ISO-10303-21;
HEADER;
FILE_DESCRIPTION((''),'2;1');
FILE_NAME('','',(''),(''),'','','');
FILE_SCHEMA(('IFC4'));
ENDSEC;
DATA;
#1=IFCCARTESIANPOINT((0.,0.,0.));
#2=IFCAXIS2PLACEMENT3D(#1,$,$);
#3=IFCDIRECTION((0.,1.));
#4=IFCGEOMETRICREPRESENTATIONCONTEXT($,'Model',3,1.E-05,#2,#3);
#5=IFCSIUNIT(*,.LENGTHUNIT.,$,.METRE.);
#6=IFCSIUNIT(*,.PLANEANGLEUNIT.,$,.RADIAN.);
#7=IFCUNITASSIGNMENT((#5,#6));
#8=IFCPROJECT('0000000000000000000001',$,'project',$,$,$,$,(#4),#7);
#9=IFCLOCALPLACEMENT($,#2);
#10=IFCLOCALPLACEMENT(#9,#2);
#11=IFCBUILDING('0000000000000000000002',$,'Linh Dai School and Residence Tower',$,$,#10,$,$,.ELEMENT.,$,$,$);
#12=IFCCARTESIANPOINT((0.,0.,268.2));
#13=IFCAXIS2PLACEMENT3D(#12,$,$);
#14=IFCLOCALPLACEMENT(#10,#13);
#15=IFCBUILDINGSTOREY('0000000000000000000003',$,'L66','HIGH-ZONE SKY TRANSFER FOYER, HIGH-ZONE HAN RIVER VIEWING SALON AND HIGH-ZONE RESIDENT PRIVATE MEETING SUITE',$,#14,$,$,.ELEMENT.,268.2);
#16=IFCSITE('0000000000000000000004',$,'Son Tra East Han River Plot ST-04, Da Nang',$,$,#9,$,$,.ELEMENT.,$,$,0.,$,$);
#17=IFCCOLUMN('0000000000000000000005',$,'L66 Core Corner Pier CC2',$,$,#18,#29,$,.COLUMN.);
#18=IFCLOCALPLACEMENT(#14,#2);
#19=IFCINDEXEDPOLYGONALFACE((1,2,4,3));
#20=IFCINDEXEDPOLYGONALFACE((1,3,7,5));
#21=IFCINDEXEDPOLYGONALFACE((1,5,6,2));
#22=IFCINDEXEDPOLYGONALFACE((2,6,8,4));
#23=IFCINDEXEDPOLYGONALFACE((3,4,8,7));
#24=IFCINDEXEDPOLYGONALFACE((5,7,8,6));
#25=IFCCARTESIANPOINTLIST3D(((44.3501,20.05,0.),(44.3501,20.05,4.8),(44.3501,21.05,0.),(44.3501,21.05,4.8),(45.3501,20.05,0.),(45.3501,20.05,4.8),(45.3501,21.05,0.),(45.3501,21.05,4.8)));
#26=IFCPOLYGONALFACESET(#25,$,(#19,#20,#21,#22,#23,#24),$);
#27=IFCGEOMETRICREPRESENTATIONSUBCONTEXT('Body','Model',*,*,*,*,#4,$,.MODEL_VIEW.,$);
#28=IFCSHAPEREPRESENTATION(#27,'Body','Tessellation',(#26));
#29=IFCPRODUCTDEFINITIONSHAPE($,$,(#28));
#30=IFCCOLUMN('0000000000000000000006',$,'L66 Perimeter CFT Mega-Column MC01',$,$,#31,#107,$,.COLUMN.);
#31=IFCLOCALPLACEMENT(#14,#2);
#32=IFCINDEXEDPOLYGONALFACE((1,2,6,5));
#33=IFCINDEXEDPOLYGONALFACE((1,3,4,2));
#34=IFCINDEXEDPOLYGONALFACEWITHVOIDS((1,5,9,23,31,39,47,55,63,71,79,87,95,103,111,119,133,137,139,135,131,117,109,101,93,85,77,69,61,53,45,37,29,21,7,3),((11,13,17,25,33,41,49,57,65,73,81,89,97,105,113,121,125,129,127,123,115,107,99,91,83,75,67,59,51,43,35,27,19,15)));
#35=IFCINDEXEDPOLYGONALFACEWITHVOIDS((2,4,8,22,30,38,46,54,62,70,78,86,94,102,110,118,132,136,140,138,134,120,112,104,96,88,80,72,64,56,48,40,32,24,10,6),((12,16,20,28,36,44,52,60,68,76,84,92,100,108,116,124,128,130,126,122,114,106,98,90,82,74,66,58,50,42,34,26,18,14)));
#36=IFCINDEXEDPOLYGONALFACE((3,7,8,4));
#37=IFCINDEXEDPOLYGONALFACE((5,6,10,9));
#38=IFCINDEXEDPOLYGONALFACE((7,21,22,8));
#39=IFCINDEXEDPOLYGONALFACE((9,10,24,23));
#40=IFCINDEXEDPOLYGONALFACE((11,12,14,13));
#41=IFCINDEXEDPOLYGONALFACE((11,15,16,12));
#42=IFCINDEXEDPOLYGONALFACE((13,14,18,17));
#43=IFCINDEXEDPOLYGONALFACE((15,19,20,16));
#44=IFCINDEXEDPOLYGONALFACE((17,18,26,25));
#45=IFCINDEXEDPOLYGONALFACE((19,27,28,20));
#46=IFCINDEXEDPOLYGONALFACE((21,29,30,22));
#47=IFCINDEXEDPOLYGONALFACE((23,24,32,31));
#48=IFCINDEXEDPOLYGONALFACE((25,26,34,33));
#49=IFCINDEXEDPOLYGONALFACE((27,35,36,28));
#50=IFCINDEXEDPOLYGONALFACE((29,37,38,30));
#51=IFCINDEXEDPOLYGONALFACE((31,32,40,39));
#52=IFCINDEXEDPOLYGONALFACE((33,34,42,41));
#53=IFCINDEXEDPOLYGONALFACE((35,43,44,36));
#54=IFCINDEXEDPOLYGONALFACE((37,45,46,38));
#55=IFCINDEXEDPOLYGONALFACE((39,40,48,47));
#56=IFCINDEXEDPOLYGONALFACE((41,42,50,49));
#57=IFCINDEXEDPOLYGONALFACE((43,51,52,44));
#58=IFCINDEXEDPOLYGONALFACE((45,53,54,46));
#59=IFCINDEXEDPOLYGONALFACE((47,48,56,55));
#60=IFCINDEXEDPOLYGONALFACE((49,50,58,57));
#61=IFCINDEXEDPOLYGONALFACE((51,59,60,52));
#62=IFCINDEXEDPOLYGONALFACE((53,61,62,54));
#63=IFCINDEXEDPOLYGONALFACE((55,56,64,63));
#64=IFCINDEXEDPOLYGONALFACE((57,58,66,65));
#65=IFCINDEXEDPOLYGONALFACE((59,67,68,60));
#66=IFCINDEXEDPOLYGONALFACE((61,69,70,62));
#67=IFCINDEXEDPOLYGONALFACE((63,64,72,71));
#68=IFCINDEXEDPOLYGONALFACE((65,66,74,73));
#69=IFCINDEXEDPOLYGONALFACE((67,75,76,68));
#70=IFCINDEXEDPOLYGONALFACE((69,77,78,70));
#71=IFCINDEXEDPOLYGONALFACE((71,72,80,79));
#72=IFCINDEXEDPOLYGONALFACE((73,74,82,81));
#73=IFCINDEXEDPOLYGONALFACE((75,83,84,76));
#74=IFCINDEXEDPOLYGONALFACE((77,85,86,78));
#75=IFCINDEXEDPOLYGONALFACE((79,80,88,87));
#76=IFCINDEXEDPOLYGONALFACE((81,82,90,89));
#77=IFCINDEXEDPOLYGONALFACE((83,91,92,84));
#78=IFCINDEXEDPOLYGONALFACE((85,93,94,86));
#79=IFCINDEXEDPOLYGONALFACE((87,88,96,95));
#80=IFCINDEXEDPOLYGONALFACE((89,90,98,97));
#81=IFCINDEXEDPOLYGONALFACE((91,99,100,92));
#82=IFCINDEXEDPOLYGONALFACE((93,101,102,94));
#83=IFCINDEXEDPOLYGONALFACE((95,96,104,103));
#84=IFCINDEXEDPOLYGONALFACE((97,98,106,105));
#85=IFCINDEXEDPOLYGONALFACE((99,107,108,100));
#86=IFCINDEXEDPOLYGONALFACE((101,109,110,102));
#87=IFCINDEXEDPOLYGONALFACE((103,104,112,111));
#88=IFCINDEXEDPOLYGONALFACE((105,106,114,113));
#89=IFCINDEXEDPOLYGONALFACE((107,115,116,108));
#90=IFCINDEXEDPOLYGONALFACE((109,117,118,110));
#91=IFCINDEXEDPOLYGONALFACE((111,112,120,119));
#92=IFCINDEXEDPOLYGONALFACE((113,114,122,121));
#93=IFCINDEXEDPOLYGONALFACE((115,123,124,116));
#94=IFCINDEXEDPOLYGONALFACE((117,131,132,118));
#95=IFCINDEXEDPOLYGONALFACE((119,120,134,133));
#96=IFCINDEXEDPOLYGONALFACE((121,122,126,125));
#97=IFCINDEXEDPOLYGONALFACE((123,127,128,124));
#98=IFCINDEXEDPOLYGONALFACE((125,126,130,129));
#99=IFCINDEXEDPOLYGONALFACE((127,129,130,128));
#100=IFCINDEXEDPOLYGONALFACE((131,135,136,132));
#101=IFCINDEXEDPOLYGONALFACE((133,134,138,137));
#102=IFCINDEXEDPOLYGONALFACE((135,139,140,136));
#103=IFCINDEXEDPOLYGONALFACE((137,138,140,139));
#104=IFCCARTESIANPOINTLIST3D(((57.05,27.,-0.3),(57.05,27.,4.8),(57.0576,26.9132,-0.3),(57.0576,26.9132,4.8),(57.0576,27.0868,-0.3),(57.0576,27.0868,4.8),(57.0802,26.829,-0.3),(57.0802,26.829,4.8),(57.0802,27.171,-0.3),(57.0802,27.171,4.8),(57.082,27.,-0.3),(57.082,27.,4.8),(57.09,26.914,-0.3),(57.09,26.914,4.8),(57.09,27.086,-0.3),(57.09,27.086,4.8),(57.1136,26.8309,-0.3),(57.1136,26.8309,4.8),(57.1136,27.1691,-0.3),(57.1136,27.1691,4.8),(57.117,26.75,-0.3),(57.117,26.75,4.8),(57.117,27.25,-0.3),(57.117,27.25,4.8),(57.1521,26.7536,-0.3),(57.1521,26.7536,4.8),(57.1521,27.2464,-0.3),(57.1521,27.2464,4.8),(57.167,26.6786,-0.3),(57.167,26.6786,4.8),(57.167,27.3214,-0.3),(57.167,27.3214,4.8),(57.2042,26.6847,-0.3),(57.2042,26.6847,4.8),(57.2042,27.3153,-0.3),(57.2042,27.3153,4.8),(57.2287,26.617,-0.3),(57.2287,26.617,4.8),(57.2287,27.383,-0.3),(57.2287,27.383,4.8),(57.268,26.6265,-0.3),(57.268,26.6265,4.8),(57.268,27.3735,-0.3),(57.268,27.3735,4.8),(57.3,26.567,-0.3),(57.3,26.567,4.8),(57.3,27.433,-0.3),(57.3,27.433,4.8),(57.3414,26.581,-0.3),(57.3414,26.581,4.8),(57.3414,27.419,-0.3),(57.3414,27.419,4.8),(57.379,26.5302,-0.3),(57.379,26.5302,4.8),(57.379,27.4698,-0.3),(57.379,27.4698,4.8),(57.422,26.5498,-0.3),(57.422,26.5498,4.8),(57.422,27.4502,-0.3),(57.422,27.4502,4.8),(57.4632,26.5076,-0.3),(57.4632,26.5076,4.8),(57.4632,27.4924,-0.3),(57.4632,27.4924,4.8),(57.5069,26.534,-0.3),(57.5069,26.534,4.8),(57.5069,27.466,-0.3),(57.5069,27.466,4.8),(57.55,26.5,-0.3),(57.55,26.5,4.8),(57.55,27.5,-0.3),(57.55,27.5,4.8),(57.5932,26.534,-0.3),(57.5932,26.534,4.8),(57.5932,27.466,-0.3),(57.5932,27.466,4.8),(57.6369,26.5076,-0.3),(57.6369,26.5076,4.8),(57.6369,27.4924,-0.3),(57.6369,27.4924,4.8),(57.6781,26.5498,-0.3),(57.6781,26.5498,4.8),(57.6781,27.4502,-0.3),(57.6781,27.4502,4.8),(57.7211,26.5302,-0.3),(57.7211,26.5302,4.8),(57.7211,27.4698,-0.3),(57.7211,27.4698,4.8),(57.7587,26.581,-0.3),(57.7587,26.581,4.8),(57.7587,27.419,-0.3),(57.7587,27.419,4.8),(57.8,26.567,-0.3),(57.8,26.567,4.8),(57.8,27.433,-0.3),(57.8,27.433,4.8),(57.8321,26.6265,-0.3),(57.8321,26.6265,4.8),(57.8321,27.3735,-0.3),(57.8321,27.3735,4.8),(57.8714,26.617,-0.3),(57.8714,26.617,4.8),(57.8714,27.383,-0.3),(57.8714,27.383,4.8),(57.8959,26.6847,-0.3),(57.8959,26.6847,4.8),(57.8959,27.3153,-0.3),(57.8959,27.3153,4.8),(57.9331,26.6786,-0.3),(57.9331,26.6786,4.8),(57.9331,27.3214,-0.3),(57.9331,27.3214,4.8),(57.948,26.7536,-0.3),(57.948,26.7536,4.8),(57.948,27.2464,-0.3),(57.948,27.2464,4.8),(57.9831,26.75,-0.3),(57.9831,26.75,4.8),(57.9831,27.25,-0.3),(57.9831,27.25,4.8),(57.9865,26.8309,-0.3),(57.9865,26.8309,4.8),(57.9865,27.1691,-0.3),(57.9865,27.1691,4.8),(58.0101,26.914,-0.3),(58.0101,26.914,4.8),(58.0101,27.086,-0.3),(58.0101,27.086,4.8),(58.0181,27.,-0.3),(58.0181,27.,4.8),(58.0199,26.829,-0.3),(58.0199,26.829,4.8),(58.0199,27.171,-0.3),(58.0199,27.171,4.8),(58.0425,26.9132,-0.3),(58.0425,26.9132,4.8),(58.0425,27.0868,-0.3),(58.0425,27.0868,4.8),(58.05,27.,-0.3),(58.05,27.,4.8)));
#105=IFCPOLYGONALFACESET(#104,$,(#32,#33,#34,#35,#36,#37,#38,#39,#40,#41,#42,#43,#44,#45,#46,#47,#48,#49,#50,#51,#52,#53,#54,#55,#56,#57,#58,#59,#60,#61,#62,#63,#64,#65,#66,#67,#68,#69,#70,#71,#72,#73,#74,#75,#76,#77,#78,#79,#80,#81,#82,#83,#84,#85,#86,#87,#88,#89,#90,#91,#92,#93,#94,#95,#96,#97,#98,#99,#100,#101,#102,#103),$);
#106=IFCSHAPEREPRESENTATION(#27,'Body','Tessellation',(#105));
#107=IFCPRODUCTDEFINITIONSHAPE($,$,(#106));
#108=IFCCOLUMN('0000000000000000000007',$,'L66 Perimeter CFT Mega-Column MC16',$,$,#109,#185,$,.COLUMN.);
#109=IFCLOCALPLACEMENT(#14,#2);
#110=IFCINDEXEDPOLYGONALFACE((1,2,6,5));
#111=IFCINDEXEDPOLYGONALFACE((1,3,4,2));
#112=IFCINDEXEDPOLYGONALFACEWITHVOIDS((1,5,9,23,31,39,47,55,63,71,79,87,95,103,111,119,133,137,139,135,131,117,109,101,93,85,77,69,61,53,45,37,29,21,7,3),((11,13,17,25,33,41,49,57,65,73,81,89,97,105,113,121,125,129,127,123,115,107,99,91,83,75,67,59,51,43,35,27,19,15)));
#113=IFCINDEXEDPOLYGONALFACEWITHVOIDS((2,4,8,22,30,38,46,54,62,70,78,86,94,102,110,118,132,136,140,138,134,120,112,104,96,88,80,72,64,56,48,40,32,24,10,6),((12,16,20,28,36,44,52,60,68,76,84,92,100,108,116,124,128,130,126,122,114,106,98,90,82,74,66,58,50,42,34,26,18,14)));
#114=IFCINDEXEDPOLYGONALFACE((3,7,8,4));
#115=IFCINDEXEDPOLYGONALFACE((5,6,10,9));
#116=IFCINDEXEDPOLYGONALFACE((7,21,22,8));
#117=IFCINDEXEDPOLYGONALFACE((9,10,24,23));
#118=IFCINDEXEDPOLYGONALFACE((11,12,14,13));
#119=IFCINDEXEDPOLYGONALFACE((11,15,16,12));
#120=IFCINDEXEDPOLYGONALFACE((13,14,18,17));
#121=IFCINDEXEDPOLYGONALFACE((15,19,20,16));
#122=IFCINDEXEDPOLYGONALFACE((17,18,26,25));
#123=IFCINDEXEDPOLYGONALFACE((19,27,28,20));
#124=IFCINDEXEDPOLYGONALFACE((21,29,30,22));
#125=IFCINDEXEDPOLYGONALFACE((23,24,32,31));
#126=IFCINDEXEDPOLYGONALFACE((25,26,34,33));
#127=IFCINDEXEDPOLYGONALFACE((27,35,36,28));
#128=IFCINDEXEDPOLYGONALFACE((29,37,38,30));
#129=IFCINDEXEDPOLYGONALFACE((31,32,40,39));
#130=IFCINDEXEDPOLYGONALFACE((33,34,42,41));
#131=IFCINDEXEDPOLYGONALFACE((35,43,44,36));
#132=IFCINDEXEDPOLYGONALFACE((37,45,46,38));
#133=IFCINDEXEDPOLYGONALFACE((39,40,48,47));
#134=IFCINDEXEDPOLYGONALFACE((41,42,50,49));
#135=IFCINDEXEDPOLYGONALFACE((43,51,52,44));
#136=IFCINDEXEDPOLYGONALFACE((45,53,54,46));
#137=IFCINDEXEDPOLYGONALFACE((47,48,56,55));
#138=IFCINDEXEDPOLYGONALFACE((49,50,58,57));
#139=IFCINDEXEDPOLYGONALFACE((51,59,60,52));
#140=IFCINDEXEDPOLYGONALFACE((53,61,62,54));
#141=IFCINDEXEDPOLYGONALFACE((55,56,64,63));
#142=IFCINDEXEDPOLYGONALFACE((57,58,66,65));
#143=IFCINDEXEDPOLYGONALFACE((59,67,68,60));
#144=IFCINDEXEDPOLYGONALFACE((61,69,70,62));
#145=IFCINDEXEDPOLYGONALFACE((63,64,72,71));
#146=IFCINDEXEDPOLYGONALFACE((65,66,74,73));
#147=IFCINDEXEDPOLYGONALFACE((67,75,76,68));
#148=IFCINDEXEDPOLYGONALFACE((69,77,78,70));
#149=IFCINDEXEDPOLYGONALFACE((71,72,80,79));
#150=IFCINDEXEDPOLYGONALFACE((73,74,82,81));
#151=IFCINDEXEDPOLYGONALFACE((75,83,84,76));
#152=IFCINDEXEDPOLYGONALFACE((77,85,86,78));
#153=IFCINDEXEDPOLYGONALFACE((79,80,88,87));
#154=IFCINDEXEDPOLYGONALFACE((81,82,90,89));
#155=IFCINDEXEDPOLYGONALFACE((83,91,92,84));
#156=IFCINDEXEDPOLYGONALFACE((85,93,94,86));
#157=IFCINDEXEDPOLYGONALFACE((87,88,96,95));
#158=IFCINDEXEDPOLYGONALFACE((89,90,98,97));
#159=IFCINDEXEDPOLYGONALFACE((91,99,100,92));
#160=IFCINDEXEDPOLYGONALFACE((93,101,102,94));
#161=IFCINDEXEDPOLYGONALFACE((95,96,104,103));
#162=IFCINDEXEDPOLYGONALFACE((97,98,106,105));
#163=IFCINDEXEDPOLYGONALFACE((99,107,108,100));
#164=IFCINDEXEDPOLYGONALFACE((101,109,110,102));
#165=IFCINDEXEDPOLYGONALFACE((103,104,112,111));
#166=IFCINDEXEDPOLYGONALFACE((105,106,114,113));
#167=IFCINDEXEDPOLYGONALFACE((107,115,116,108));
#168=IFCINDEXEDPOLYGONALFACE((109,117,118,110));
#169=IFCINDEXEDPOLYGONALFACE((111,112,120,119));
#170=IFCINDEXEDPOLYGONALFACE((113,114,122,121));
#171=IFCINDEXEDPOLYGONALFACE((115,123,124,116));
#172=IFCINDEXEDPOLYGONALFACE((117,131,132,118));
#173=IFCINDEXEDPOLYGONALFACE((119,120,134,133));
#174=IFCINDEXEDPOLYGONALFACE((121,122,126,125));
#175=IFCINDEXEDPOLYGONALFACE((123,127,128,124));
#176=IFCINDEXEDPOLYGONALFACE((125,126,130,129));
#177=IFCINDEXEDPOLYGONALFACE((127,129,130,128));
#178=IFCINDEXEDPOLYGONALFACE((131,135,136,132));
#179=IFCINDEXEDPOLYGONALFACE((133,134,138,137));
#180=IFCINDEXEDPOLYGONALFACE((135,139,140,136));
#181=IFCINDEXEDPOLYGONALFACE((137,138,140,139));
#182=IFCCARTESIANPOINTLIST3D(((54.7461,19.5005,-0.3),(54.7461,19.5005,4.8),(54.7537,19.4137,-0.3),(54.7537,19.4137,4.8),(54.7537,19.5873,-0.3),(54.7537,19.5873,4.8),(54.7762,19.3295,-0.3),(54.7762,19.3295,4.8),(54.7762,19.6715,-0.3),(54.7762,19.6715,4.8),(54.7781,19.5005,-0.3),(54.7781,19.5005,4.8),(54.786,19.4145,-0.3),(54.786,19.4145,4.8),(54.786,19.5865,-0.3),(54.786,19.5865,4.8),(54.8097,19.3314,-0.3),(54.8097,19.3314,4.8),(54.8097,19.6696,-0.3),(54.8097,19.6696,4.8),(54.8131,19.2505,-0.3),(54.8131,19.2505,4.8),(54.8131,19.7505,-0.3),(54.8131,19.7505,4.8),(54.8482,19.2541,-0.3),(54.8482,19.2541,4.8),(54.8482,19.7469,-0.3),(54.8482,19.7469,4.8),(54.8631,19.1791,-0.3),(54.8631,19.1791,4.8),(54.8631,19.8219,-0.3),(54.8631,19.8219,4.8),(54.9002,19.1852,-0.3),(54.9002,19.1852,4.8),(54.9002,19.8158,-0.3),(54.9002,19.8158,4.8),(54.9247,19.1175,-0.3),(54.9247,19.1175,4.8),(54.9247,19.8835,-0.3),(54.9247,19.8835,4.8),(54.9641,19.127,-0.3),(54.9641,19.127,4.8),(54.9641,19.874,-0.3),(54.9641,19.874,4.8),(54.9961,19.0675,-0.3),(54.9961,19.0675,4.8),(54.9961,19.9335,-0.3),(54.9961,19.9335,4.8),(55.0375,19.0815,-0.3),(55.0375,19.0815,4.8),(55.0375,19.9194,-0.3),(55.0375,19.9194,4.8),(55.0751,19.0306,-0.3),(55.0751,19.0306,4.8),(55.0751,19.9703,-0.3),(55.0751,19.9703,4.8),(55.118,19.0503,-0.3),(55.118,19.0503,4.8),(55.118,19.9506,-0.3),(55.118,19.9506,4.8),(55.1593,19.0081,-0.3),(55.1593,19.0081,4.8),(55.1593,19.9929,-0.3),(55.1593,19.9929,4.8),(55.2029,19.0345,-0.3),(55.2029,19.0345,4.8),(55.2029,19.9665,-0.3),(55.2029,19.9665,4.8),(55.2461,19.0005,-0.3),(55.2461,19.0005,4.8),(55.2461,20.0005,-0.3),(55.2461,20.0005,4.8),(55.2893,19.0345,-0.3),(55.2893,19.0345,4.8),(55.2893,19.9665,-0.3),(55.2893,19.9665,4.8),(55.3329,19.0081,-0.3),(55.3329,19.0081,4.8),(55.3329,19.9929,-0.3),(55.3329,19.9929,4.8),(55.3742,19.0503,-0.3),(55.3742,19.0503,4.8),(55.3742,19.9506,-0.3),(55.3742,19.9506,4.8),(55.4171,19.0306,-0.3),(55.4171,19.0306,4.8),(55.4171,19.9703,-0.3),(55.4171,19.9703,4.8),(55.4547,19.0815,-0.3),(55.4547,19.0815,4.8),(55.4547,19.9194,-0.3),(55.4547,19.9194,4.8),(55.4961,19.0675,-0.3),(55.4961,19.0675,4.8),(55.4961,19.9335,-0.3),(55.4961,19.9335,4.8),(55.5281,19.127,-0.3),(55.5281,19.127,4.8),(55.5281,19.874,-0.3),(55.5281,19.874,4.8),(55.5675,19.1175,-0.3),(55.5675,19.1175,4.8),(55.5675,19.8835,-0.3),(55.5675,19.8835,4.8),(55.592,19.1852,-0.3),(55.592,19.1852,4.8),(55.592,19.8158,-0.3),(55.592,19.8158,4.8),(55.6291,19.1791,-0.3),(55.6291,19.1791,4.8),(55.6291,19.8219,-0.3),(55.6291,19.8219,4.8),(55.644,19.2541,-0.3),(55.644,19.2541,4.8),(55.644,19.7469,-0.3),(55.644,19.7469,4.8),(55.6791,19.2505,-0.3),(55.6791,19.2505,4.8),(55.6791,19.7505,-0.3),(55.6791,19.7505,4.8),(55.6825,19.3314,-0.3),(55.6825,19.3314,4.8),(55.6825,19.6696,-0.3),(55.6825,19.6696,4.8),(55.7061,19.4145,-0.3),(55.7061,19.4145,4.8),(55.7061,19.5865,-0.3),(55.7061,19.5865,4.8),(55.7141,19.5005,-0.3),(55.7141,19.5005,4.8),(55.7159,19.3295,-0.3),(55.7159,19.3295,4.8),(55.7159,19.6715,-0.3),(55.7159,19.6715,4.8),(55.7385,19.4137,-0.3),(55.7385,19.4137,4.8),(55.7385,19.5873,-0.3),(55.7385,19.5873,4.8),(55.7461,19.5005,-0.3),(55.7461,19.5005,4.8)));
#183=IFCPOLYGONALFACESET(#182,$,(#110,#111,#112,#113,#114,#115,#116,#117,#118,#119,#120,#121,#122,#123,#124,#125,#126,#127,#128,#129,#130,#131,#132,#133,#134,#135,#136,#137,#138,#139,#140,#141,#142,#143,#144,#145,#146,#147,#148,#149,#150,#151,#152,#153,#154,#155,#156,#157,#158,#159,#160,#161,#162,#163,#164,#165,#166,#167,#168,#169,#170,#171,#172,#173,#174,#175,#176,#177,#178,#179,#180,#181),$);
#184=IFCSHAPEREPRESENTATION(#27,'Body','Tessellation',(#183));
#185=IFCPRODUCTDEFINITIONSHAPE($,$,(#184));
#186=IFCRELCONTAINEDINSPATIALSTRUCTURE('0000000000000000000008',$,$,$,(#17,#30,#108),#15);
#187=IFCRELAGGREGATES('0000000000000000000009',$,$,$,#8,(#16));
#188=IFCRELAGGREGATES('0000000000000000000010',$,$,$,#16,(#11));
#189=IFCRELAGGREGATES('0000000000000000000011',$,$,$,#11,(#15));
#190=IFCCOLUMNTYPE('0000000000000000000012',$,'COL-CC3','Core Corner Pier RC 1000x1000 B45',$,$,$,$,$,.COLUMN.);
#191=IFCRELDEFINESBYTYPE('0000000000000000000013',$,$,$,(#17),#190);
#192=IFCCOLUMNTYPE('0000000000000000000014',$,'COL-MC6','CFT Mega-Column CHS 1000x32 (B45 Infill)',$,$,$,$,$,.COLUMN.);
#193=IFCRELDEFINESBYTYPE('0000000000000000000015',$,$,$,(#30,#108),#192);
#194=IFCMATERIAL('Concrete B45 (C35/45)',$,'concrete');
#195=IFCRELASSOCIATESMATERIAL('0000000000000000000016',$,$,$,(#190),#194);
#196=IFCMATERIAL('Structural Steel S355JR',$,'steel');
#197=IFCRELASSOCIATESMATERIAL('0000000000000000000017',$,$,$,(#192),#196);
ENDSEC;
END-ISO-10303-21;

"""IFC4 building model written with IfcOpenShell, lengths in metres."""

from ifc_helpers import new_model, si_unit, direction, frame, origin, origin_2d, place, context, subcontext, project, spatial, rectangle, hollow_circle, extrude, material, material_profile, profile_set, type_object, element, save


model = new_model("IFC4")

# Units and contexts
model_context = context("Model", 3, precision=1e-05, world=origin(), true_north=direction((0.0, 1.0)))
body_context = subcontext(model_context, "Body", "Model", "MODEL_VIEW")
ifc_project = project(units=[si_unit("LENGTHUNIT", "METRE"), si_unit("PLANEANGLEUNIT", "RADIAN")], contexts=[model_context])

# Site, building, storey
site_placement = place(None, origin())
site = spatial("IfcSite", under=ifc_project, at=site_placement, Name="Son Tra East Han River Plot ST-04, Da Nang", CompositionType="ELEMENT", RefElevation=0.0)
building_placement = place(site_placement, origin())
building = spatial("IfcBuilding", under=site, at=building_placement, Name="Linh Dai School and Residence Tower", CompositionType="ELEMENT")
storey_placement = place(building_placement, frame((0.0, 0.0, 268.2)))
storey = spatial("IfcBuildingStorey", under=building, at=storey_placement, Name="L66", Description="HIGH-ZONE SKY TRANSFER FOYER, HIGH-ZONE HAN RIVER VIEWING SALON AND HIGH-ZONE RESIDENT PRIVATE MEETING SUITE", CompositionType="ELEMENT", Elevation=268.2)

# Columns
ifc_material_1 = material(Name="Concrete B45 (C35/45)", Category="concrete")
ifc_material_profile_1 = material_profile(ifc_material_1, rectangle(XDim=1.0, YDim=1.0, at=origin_2d()), Name="RC 1000x1000")
ifc_profile_set_1 = profile_set([ifc_material_profile_1], Name="Concrete B45 (C35/45)")
column_type_1 = type_object("IfcColumnType", Name="COL-CC3", Description="Core Corner Pier RC 1000x1000 B45", PredefinedType="COLUMN", material=ifc_profile_set_1)
column_1_placement = place(storey_placement, frame((44.8501, 20.55, 0.0), z_axis=(0.0, 0.0, 1.0), x_axis=(1.0, 0.0, 0.0)))
element("IfcColumn", 1, at=column_1_placement, inside=storey, type_object=column_type_1, Name="L66 Core Corner Pier CC2", PredefinedType="COLUMN", context=body_context, shape_type="SweptSolid", body=[
    extrude(rectangle(XDim=1.0, YDim=1.0, at=origin_2d()), origin(), (0.0, 0.0, 1.0), 4.8),
])
ifc_material_2 = material(Name="Structural Steel S355JR", Category="steel")
ifc_material_profile_2 = material_profile(ifc_material_2, hollow_circle(Radius=0.5, WallThickness=0.032, at=origin_2d()), Name="CHS 1000x32")
ifc_profile_set_2 = profile_set([ifc_material_profile_2], Name="Structural Steel S355JR")
column_type_2 = type_object("IfcColumnType", Name="COL-MC6", Description="CFT Mega-Column CHS 1000x32 (B45 Infill)", PredefinedType="COLUMN", material=ifc_profile_set_2)
for number, where, z_axis, x_axis, name in (
    (2, (57.55, 27.0, -0.3), (0.0, 0.0, 1.0), (1.0, 0.0, 0.0), "L66 Perimeter CFT Mega-Column MC01"),
    (3, (55.2461, 19.5005, -0.3), (0.0, 0.0, 1.0), (1.0, 0.0, 0.0), "L66 Perimeter CFT Mega-Column MC16"),
):
    element("IfcColumn", number, at=place(storey_placement, frame(where, z_axis=z_axis, x_axis=x_axis)), inside=storey, type_object=column_type_2, Name=name, PredefinedType="COLUMN", context=body_context, shape_type="SweptSolid", body=[
        extrude(hollow_circle(Radius=0.5, WallThickness=0.032, at=origin_2d()), origin(), (0.0, 0.0, 1.0), 5.1001),
    ])

save(model, "model.ifc")
